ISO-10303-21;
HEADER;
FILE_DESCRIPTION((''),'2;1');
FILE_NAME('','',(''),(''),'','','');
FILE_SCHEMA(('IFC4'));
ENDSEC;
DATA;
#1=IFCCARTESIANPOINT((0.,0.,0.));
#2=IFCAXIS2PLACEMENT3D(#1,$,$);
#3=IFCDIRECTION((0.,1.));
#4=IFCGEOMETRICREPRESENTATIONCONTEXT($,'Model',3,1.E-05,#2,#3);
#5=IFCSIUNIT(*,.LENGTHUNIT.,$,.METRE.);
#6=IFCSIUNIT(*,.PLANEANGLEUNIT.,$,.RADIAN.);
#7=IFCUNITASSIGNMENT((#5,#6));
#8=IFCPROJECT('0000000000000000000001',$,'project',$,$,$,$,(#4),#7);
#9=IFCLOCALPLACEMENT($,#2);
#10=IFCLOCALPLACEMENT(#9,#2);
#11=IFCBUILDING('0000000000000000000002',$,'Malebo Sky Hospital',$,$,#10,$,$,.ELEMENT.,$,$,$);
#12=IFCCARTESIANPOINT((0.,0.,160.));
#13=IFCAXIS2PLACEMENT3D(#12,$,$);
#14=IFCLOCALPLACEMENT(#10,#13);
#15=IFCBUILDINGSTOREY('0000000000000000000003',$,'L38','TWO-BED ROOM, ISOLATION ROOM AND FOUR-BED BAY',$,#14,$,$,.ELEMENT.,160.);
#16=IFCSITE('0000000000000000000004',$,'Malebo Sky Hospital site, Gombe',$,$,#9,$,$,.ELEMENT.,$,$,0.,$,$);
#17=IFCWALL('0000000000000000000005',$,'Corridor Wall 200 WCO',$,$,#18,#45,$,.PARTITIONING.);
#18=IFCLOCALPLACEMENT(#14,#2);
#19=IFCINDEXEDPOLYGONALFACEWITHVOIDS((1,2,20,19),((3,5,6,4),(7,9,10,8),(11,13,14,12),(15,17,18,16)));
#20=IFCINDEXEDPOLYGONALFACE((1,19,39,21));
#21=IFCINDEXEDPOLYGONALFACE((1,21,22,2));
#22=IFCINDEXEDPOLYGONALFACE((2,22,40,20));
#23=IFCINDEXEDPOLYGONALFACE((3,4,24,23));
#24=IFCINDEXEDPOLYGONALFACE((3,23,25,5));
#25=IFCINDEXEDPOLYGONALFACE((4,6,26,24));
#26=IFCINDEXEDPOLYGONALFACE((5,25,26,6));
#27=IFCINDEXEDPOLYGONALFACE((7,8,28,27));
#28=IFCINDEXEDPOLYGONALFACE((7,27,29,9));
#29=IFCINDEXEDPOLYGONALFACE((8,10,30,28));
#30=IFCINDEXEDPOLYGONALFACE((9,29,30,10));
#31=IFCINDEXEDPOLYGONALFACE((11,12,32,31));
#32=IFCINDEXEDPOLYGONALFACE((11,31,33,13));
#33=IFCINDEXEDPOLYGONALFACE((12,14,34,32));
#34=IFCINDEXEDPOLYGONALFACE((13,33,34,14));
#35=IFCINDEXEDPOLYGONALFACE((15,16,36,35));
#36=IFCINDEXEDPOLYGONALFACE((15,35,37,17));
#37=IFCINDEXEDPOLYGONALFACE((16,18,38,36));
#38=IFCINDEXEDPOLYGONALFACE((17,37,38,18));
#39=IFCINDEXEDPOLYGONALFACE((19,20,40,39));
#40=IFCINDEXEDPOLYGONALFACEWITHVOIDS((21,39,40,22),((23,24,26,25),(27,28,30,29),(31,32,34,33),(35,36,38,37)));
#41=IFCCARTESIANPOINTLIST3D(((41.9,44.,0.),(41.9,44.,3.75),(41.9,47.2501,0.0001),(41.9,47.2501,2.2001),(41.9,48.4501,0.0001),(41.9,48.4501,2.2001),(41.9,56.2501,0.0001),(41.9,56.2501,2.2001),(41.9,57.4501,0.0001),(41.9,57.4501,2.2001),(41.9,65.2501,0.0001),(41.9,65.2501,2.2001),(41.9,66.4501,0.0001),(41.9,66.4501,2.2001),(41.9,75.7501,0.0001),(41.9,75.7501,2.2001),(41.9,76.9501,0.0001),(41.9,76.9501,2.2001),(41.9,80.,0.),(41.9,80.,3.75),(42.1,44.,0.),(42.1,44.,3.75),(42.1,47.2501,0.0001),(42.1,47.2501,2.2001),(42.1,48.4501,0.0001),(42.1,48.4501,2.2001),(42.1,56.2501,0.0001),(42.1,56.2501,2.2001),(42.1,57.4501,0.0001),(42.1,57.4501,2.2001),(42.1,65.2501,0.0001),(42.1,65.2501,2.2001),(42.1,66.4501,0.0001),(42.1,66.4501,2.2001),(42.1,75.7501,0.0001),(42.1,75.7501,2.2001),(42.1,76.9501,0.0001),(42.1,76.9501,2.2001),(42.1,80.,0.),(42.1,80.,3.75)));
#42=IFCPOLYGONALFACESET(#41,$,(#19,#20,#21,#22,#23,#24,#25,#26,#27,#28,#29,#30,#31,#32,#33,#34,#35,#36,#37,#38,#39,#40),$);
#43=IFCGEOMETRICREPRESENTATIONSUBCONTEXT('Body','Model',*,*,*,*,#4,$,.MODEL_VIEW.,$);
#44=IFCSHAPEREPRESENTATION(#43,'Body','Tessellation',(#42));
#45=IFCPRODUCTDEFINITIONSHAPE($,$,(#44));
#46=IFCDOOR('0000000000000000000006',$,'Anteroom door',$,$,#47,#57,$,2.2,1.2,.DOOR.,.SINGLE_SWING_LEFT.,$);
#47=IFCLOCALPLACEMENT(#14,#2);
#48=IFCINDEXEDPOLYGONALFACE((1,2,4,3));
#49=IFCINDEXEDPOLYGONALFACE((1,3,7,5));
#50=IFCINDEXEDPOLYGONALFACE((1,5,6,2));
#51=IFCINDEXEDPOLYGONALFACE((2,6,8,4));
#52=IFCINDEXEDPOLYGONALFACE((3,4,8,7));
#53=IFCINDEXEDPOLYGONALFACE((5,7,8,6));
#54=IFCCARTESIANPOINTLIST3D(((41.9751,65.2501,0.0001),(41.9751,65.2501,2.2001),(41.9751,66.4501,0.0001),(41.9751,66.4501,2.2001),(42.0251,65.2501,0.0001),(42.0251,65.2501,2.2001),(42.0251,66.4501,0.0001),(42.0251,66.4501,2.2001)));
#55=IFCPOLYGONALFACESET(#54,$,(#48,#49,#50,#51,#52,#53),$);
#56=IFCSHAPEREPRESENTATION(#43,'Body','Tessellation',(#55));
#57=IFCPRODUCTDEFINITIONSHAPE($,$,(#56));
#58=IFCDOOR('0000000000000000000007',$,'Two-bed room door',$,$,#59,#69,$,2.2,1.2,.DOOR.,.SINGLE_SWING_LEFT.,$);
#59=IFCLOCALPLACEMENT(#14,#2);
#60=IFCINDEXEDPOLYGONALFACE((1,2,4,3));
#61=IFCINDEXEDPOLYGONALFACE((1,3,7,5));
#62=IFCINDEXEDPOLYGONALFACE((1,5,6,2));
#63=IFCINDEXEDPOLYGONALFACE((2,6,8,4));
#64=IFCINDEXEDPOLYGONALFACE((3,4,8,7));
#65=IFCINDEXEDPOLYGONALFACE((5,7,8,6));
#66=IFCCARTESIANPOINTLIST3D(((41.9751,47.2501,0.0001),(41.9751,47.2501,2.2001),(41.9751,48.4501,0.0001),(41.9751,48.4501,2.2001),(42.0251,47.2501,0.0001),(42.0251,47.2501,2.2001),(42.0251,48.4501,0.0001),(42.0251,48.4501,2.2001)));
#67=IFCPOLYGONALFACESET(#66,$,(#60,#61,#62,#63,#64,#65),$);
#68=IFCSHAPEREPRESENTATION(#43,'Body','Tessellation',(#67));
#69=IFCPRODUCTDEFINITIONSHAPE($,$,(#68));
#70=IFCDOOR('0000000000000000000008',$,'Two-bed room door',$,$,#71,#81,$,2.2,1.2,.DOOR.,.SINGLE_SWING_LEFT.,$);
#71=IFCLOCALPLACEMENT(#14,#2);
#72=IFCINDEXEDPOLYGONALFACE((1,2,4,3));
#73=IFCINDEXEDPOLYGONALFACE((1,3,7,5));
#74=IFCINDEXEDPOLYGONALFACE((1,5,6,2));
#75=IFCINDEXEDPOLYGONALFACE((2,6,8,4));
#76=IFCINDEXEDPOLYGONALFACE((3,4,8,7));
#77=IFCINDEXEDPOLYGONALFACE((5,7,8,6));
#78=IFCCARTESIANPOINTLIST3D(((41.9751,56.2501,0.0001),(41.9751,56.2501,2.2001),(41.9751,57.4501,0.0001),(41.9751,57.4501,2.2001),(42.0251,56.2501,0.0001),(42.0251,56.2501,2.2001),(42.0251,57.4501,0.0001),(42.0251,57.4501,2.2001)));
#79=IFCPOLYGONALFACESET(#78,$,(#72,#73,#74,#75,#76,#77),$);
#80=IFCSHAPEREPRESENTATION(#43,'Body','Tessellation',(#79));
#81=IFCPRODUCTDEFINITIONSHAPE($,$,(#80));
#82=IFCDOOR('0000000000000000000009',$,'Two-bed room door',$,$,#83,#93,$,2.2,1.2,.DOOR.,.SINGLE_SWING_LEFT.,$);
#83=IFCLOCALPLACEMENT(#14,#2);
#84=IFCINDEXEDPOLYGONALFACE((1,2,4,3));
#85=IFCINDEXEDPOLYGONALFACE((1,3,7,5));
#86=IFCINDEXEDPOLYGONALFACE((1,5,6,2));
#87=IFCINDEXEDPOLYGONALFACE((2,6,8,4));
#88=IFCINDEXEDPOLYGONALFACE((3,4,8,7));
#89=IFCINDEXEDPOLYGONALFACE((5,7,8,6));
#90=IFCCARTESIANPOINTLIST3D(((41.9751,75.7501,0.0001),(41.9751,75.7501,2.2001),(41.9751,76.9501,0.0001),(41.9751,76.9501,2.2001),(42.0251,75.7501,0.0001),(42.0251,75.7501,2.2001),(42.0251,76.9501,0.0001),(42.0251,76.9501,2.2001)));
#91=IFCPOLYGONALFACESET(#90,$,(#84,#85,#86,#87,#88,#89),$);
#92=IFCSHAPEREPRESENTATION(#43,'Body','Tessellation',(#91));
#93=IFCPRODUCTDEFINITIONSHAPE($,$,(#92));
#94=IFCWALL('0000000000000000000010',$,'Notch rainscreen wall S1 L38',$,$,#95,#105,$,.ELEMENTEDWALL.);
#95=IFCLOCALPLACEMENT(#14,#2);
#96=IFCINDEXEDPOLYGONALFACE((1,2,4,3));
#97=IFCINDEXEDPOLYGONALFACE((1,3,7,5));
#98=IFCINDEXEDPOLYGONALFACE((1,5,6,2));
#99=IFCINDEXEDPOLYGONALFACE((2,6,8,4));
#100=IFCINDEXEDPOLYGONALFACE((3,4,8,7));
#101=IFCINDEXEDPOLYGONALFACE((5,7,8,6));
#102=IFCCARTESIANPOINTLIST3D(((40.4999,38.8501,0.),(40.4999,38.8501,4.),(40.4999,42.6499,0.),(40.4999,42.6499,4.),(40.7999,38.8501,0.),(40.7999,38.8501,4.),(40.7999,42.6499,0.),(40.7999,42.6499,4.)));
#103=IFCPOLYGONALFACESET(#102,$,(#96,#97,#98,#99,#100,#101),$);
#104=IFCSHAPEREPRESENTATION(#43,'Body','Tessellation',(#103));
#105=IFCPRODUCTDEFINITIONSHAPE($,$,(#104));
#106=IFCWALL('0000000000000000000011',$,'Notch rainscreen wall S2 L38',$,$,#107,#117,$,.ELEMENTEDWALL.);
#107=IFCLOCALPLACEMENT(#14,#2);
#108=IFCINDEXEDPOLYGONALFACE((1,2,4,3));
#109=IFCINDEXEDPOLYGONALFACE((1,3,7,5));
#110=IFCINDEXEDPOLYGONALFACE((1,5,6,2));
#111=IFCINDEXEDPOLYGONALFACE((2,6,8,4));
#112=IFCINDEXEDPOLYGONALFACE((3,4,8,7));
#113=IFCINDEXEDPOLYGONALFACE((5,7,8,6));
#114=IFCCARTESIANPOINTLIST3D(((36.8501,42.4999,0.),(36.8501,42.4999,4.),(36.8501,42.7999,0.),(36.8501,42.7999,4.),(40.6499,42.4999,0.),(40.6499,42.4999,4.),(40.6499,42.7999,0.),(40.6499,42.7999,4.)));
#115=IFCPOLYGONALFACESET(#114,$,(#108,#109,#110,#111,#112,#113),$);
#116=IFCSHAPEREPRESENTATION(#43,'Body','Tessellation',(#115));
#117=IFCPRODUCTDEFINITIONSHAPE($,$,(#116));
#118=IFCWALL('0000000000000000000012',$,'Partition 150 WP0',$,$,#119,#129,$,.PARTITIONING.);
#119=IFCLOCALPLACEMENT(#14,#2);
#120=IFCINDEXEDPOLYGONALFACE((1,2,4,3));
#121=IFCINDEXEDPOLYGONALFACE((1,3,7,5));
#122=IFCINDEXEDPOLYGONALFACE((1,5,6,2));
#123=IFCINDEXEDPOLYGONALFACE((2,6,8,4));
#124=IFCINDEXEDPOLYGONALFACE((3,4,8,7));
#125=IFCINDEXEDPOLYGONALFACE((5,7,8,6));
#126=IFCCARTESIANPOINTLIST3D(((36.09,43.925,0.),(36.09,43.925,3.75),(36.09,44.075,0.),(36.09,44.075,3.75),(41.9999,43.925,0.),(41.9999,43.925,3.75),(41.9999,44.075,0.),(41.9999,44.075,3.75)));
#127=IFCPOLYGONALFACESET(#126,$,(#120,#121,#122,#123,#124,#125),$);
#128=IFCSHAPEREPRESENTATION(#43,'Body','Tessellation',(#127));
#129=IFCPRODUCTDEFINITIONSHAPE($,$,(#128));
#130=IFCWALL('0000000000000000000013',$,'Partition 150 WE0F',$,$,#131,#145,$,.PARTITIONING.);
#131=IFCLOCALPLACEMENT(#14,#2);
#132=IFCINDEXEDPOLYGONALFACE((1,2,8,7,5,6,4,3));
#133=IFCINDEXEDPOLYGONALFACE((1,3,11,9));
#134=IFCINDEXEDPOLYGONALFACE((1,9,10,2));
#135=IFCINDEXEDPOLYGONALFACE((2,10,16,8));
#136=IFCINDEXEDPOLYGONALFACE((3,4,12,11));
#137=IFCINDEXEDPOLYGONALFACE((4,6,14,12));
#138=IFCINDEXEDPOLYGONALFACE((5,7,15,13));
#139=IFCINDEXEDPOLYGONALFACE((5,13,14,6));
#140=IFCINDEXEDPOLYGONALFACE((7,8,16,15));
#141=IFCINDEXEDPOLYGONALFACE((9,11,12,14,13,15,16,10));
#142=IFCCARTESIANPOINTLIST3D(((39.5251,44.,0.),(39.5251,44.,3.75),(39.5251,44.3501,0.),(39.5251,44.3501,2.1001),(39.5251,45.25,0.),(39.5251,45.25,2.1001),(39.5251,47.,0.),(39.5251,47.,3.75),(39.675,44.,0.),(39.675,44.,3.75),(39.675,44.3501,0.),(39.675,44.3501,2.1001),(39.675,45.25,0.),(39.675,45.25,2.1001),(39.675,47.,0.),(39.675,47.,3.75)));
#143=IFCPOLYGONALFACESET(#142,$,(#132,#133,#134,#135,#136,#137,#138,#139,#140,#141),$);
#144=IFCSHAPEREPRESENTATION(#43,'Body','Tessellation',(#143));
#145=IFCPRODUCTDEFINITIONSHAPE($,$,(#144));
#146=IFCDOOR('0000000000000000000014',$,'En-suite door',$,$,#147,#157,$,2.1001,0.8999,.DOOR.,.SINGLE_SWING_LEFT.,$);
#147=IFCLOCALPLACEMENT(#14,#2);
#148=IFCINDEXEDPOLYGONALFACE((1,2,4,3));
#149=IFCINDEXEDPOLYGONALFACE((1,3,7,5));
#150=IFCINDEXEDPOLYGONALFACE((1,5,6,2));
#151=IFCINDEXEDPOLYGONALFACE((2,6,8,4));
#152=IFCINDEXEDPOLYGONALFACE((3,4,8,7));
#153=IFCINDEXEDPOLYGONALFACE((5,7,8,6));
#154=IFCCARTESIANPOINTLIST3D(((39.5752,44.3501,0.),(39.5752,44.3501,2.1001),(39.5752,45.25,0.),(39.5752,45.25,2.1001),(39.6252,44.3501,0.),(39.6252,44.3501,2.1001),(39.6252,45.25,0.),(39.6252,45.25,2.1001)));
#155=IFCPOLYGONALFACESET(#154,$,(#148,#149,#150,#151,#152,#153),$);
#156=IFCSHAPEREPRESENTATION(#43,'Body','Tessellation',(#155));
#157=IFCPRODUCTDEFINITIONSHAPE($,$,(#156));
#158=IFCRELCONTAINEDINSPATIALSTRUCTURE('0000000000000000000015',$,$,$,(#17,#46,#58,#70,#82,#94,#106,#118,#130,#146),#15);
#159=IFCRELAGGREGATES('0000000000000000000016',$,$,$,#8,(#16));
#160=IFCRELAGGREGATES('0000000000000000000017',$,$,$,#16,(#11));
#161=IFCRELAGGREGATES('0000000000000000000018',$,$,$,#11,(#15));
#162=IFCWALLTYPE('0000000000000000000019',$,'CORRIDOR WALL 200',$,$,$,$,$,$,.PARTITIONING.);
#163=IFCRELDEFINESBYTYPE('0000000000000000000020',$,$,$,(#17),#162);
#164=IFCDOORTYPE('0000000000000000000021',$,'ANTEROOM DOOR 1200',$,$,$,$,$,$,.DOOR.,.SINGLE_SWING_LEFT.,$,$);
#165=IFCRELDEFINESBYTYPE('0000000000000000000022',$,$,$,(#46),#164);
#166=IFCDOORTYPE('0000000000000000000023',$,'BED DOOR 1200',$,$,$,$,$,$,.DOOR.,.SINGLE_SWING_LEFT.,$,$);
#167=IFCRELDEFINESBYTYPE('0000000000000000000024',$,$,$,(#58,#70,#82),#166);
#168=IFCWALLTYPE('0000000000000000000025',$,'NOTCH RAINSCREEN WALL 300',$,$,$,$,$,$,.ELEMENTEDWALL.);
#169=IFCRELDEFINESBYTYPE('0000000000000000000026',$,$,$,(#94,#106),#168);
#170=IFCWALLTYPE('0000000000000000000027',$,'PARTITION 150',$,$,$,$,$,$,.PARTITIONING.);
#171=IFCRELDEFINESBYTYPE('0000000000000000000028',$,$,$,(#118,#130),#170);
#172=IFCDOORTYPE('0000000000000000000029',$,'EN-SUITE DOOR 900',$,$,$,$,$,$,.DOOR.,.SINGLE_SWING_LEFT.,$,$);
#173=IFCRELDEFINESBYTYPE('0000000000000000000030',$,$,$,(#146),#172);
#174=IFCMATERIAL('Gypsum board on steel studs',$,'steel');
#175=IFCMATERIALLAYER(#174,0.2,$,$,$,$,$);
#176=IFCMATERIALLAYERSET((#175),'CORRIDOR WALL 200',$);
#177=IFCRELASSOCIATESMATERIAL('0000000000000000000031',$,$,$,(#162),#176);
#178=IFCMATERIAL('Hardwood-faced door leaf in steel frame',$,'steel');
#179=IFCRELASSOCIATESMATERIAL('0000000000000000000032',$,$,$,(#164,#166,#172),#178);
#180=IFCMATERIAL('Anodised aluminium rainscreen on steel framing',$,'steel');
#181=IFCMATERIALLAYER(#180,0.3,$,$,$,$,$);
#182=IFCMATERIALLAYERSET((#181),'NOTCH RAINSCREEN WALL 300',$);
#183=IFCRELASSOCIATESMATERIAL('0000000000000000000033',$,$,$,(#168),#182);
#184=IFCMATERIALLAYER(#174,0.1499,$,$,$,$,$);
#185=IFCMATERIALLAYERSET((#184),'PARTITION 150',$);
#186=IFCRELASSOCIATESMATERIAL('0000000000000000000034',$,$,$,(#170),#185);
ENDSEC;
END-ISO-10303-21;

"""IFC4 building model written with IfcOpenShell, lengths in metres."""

from ifc_helpers import new_model, si_unit, direction, frame, frame_2d, origin, place, context, subcontext, project, spatial, rectangle, extrude, material, layer, layer_set, type_object, element, fill, save


model = new_model("IFC4")

# Units and contexts
model_context = context("Model", 3, precision=1e-05, world=origin(), true_north=direction((0.0, 1.0)))
body_context = subcontext(model_context, "Body", "Model", "MODEL_VIEW")
ifc_project = project(units=[si_unit("LENGTHUNIT", "METRE"), si_unit("PLANEANGLEUNIT", "RADIAN")], contexts=[model_context])

# Site, building, storey
site_placement = place(None, origin())
site = spatial("IfcSite", under=ifc_project, at=site_placement, Name="Malebo Sky Hospital site, Gombe", CompositionType="ELEMENT", RefElevation=0.0)
building_placement = place(site_placement, origin())
building = spatial("IfcBuilding", under=site, at=building_placement, Name="Malebo Sky Hospital", CompositionType="ELEMENT")
storey_placement = place(building_placement, frame((0.0, 0.0, 160.0)))
storey = spatial("IfcBuildingStorey", under=building, at=storey_placement, Name="L38", Description="TWO-BED ROOM, ISOLATION ROOM AND FOUR-BED BAY", CompositionType="ELEMENT", Elevation=160.0)

# Wall, openings, doors
ifc_material_1 = material(Name="Gypsum board on steel studs", Category="steel")
ifc_layer_1 = layer(ifc_material_1, 0.2)
ifc_layer_set_1 = layer_set([ifc_layer_1], Name="CORRIDOR WALL 200")
wall_type_1 = type_object("IfcWallType", Name="CORRIDOR WALL 200", PredefinedType="PARTITIONING", material=ifc_layer_set_1)
wall_1_placement = place(storey_placement, frame((42.0, 44.0, 0.0), z_axis=(0.0, 0.0, 1.0), x_axis=(0.0, 1.0, 0.0)))
wall_1 = element("IfcWall", 1, at=wall_1_placement, inside=storey, type_object=wall_type_1, Name="Corridor Wall 200 WCO", PredefinedType="PARTITIONING", context=body_context, shape_type="SweptSolid", body=[
    extrude(rectangle(XDim=36.0, YDim=0.2, at=frame_2d((18.0, 0.0))), origin(), (0.0, 0.0, 1.0), 3.75),
])
opening_1_placement = place(wall_1_placement, frame((3.25, 0.0, 0.0)))
opening_1 = element("IfcOpeningElement", 2, at=opening_1_placement, cuts=wall_1, PredefinedType="OPENING", context=body_context, shape_type="SweptSolid", body=[
    extrude(rectangle(XDim=1.2, YDim=2.2, at=frame_2d((0.6001, 1.1001))), frame((0.0, 0.1099, 0.0), z_axis=(0.0, -1.0, 0.0), x_axis=(1.0, 0.0, 0.0)), (0.0, 0.0, 1.0), 0.22),
])
opening_2_placement = place(wall_1_placement, frame((12.25, 0.0, 0.0)))
opening_2 = element("IfcOpeningElement", 3, at=opening_2_placement, cuts=wall_1, PredefinedType="OPENING", context=body_context, shape_type="SweptSolid", body=[
    extrude(rectangle(XDim=1.2, YDim=2.2, at=frame_2d((0.6001, 1.1001))), frame((0.0, 0.1099, 0.0), z_axis=(0.0, -1.0, 0.0), x_axis=(1.0, 0.0, 0.0)), (0.0, 0.0, 1.0), 0.22),
])
opening_3_placement = place(wall_1_placement, frame((21.25, 0.0, 0.0)))
opening_3 = element("IfcOpeningElement", 4, at=opening_3_placement, cuts=wall_1, PredefinedType="OPENING", context=body_context, shape_type="SweptSolid", body=[
    extrude(rectangle(XDim=1.2, YDim=2.2, at=frame_2d((0.6001, 1.1001))), frame((0.0, 0.1099, 0.0), z_axis=(0.0, -1.0, 0.0), x_axis=(1.0, 0.0, 0.0)), (0.0, 0.0, 1.0), 0.22),
])
opening_4_placement = place(wall_1_placement, frame((31.75, 0.0, 0.0)))
opening_4 = element("IfcOpeningElement", 5, at=opening_4_placement, cuts=wall_1, PredefinedType="OPENING", context=body_context, shape_type="SweptSolid", body=[
    extrude(rectangle(XDim=1.2, YDim=2.2, at=frame_2d((0.6001, 1.1001))), frame((0.0, 0.1099, 0.0), z_axis=(0.0, -1.0, 0.0), x_axis=(1.0, 0.0, 0.0)), (0.0, 0.0, 1.0), 0.22),
])
ifc_material_2 = material(Name="Hardwood-faced door leaf in steel frame", Category="steel")
door_type_1 = type_object("IfcDoorType", Name="ANTEROOM DOOR 1200", OperationType="SINGLE_SWING_LEFT", PredefinedType="DOOR", material=ifc_material_2)
door_1_placement = place(opening_3_placement, origin())
door_1 = element("IfcDoor", 6, at=door_1_placement, inside=storey, type_object=door_type_1, Name="Anteroom door", OperationType="SINGLE_SWING_LEFT", OverallHeight=2.2, OverallWidth=1.2, PredefinedType="DOOR", context=body_context, shape_type="SweptSolid", body=[
    extrude(rectangle(XDim=1.2, YDim=2.2, at=frame_2d((0.6001, 1.1001))), frame((0.0, 0.0249, 0.0), z_axis=(0.0, -1.0, 0.0), x_axis=(1.0, 0.0, 0.0)), (0.0, 0.0, 1.0), 0.05),
])
fill(opening_3, door_1)
door_type_2 = type_object("IfcDoorType", Name="BED DOOR 1200", OperationType="SINGLE_SWING_LEFT", PredefinedType="DOOR", material=ifc_material_2)
door_2_placement = place(opening_1_placement, origin())
door_2 = element("IfcDoor", 7, at=door_2_placement, inside=storey, type_object=door_type_2, Name="Two-bed room door", OperationType="SINGLE_SWING_LEFT", OverallHeight=2.2, OverallWidth=1.2, PredefinedType="DOOR", context=body_context, shape_type="SweptSolid", body=[
    extrude(rectangle(XDim=1.2, YDim=2.2, at=frame_2d((0.6001, 1.1001))), frame((0.0, 0.0249, 0.0), z_axis=(0.0, -1.0, 0.0), x_axis=(1.0, 0.0, 0.0)), (0.0, 0.0, 1.0), 0.05),
])
fill(opening_1, door_2)
door_3_placement = place(opening_2_placement, origin())
door_3 = element("IfcDoor", 8, at=door_3_placement, inside=storey, type_object=door_type_2, Name="Two-bed room door", OperationType="SINGLE_SWING_LEFT", OverallHeight=2.2, OverallWidth=1.2, PredefinedType="DOOR", context=body_context, shape_type="SweptSolid", body=[
    extrude(rectangle(XDim=1.2, YDim=2.2, at=frame_2d((0.6001, 1.1001))), frame((0.0, 0.0249, 0.0), z_axis=(0.0, -1.0, 0.0), x_axis=(1.0, 0.0, 0.0)), (0.0, 0.0, 1.0), 0.05),
])
fill(opening_2, door_3)
door_4_placement = place(opening_4_placement, origin())
door_4 = element("IfcDoor", 9, at=door_4_placement, inside=storey, type_object=door_type_2, Name="Two-bed room door", OperationType="SINGLE_SWING_LEFT", OverallHeight=2.2, OverallWidth=1.2, PredefinedType="DOOR", context=body_context, shape_type="SweptSolid", body=[
    extrude(rectangle(XDim=1.2, YDim=2.2, at=frame_2d((0.6001, 1.1001))), frame((0.0, 0.0249, 0.0), z_axis=(0.0, -1.0, 0.0), x_axis=(1.0, 0.0, 0.0)), (0.0, 0.0, 1.0), 0.05),
])
fill(opening_4, door_4)

# Walls
ifc_material_3 = material(Name="Anodised aluminium rainscreen on steel framing", Category="steel")
ifc_layer_2 = layer(ifc_material_3, 0.3)
ifc_layer_set_2 = layer_set([ifc_layer_2], Name="NOTCH RAINSCREEN WALL 300")
wall_type_2 = type_object("IfcWallType", Name="NOTCH RAINSCREEN WALL 300", PredefinedType="ELEMENTEDWALL", material=ifc_layer_set_2)
for number, where, z_axis, x_axis, name in (
    (10, (40.6499, 38.8501, 0.0), (0.0, 0.0, 1.0), (0.0, 1.0, 0.0), "Notch rainscreen wall S1 L38"),
    (11, (40.6499, 42.6499, 0.0), (0.0, 0.0, 1.0), (-1.0, 0.0, 0.0), "Notch rainscreen wall S2 L38"),
):
    element("IfcWall", number, at=place(storey_placement, frame(where, z_axis=z_axis, x_axis=x_axis)), inside=storey, type_object=wall_type_2, Name=name, PredefinedType="ELEMENTEDWALL", context=body_context, shape_type="SweptSolid", body=[
        extrude(rectangle(XDim=3.7998, YDim=0.3, at=frame_2d((1.8999, 0.0))), origin(), (0.0, 0.0, 1.0), 4.0),
    ])
ifc_layer_3 = layer(ifc_material_1, 0.1499)
ifc_layer_set_3 = layer_set([ifc_layer_3], Name="PARTITION 150")
wall_type_3 = type_object("IfcWallType", Name="PARTITION 150", PredefinedType="PARTITIONING", material=ifc_layer_set_3)
wall_2_placement = place(storey_placement, frame((42.0, 44.0, 0.0), z_axis=(0.0, 0.0, 1.0), x_axis=(-1.0, 0.0, 0.0)))
element("IfcWall", 12, at=wall_2_placement, inside=storey, type_object=wall_type_3, Name="Partition 150 WP0", PredefinedType="PARTITIONING", context=body_context, shape_type="SweptSolid", body=[
    extrude(rectangle(XDim=5.9099, YDim=0.1499, at=frame_2d((2.9551, 0.0))), origin(), (0.0, 0.0, 1.0), 3.75),
])

# Wall, opening, door
wall_3_placement = place(storey_placement, frame((39.6001, 44.0, 0.0), z_axis=(0.0, 0.0, 1.0), x_axis=(0.0, 1.0, 0.0)))
wall_3 = element("IfcWall", 13, at=wall_3_placement, inside=storey, type_object=wall_type_3, Name="Partition 150 WE0F", PredefinedType="PARTITIONING", context=body_context, shape_type="SweptSolid", body=[
    extrude(rectangle(XDim=3.0, YDim=0.1499, at=frame_2d((1.5, 0.0))), origin(), (0.0, 0.0, 1.0), 3.75),
])
opening_5_placement = place(wall_3_placement, frame((0.3501, 0.0, 0.0)))
opening_5 = element("IfcOpeningElement", 14, at=opening_5_placement, cuts=wall_3, PredefinedType="OPENING", context=body_context, shape_type="SweptSolid", body=[
    extrude(rectangle(XDim=0.8999, YDim=2.1001, at=frame_2d((0.45, 1.05))), frame((0.0, 0.085, 0.0), z_axis=(0.0, -1.0, 0.0), x_axis=(1.0, 0.0, 0.0)), (0.0, 0.0, 1.0), 0.1699),
])
door_type_3 = type_object("IfcDoorType", Name="EN-SUITE DOOR 900", OperationType="SINGLE_SWING_LEFT", PredefinedType="DOOR", material=ifc_material_2)
door_5_placement = place(opening_5_placement, origin())
door_5 = element("IfcDoor", 15, at=door_5_placement, inside=storey, type_object=door_type_3, Name="En-suite door", OperationType="SINGLE_SWING_LEFT", OverallHeight=2.1001, OverallWidth=0.8999, PredefinedType="DOOR", context=body_context, shape_type="SweptSolid", body=[
    extrude(rectangle(XDim=0.8999, YDim=2.1001, at=frame_2d((0.45, 1.05))), frame((0.0, 0.0249, 0.0), z_axis=(0.0, -1.0, 0.0), x_axis=(1.0, 0.0, 0.0)), (0.0, 0.0, 1.0), 0.05),
])
fill(opening_5, door_5)

save(model, "model.ifc")
